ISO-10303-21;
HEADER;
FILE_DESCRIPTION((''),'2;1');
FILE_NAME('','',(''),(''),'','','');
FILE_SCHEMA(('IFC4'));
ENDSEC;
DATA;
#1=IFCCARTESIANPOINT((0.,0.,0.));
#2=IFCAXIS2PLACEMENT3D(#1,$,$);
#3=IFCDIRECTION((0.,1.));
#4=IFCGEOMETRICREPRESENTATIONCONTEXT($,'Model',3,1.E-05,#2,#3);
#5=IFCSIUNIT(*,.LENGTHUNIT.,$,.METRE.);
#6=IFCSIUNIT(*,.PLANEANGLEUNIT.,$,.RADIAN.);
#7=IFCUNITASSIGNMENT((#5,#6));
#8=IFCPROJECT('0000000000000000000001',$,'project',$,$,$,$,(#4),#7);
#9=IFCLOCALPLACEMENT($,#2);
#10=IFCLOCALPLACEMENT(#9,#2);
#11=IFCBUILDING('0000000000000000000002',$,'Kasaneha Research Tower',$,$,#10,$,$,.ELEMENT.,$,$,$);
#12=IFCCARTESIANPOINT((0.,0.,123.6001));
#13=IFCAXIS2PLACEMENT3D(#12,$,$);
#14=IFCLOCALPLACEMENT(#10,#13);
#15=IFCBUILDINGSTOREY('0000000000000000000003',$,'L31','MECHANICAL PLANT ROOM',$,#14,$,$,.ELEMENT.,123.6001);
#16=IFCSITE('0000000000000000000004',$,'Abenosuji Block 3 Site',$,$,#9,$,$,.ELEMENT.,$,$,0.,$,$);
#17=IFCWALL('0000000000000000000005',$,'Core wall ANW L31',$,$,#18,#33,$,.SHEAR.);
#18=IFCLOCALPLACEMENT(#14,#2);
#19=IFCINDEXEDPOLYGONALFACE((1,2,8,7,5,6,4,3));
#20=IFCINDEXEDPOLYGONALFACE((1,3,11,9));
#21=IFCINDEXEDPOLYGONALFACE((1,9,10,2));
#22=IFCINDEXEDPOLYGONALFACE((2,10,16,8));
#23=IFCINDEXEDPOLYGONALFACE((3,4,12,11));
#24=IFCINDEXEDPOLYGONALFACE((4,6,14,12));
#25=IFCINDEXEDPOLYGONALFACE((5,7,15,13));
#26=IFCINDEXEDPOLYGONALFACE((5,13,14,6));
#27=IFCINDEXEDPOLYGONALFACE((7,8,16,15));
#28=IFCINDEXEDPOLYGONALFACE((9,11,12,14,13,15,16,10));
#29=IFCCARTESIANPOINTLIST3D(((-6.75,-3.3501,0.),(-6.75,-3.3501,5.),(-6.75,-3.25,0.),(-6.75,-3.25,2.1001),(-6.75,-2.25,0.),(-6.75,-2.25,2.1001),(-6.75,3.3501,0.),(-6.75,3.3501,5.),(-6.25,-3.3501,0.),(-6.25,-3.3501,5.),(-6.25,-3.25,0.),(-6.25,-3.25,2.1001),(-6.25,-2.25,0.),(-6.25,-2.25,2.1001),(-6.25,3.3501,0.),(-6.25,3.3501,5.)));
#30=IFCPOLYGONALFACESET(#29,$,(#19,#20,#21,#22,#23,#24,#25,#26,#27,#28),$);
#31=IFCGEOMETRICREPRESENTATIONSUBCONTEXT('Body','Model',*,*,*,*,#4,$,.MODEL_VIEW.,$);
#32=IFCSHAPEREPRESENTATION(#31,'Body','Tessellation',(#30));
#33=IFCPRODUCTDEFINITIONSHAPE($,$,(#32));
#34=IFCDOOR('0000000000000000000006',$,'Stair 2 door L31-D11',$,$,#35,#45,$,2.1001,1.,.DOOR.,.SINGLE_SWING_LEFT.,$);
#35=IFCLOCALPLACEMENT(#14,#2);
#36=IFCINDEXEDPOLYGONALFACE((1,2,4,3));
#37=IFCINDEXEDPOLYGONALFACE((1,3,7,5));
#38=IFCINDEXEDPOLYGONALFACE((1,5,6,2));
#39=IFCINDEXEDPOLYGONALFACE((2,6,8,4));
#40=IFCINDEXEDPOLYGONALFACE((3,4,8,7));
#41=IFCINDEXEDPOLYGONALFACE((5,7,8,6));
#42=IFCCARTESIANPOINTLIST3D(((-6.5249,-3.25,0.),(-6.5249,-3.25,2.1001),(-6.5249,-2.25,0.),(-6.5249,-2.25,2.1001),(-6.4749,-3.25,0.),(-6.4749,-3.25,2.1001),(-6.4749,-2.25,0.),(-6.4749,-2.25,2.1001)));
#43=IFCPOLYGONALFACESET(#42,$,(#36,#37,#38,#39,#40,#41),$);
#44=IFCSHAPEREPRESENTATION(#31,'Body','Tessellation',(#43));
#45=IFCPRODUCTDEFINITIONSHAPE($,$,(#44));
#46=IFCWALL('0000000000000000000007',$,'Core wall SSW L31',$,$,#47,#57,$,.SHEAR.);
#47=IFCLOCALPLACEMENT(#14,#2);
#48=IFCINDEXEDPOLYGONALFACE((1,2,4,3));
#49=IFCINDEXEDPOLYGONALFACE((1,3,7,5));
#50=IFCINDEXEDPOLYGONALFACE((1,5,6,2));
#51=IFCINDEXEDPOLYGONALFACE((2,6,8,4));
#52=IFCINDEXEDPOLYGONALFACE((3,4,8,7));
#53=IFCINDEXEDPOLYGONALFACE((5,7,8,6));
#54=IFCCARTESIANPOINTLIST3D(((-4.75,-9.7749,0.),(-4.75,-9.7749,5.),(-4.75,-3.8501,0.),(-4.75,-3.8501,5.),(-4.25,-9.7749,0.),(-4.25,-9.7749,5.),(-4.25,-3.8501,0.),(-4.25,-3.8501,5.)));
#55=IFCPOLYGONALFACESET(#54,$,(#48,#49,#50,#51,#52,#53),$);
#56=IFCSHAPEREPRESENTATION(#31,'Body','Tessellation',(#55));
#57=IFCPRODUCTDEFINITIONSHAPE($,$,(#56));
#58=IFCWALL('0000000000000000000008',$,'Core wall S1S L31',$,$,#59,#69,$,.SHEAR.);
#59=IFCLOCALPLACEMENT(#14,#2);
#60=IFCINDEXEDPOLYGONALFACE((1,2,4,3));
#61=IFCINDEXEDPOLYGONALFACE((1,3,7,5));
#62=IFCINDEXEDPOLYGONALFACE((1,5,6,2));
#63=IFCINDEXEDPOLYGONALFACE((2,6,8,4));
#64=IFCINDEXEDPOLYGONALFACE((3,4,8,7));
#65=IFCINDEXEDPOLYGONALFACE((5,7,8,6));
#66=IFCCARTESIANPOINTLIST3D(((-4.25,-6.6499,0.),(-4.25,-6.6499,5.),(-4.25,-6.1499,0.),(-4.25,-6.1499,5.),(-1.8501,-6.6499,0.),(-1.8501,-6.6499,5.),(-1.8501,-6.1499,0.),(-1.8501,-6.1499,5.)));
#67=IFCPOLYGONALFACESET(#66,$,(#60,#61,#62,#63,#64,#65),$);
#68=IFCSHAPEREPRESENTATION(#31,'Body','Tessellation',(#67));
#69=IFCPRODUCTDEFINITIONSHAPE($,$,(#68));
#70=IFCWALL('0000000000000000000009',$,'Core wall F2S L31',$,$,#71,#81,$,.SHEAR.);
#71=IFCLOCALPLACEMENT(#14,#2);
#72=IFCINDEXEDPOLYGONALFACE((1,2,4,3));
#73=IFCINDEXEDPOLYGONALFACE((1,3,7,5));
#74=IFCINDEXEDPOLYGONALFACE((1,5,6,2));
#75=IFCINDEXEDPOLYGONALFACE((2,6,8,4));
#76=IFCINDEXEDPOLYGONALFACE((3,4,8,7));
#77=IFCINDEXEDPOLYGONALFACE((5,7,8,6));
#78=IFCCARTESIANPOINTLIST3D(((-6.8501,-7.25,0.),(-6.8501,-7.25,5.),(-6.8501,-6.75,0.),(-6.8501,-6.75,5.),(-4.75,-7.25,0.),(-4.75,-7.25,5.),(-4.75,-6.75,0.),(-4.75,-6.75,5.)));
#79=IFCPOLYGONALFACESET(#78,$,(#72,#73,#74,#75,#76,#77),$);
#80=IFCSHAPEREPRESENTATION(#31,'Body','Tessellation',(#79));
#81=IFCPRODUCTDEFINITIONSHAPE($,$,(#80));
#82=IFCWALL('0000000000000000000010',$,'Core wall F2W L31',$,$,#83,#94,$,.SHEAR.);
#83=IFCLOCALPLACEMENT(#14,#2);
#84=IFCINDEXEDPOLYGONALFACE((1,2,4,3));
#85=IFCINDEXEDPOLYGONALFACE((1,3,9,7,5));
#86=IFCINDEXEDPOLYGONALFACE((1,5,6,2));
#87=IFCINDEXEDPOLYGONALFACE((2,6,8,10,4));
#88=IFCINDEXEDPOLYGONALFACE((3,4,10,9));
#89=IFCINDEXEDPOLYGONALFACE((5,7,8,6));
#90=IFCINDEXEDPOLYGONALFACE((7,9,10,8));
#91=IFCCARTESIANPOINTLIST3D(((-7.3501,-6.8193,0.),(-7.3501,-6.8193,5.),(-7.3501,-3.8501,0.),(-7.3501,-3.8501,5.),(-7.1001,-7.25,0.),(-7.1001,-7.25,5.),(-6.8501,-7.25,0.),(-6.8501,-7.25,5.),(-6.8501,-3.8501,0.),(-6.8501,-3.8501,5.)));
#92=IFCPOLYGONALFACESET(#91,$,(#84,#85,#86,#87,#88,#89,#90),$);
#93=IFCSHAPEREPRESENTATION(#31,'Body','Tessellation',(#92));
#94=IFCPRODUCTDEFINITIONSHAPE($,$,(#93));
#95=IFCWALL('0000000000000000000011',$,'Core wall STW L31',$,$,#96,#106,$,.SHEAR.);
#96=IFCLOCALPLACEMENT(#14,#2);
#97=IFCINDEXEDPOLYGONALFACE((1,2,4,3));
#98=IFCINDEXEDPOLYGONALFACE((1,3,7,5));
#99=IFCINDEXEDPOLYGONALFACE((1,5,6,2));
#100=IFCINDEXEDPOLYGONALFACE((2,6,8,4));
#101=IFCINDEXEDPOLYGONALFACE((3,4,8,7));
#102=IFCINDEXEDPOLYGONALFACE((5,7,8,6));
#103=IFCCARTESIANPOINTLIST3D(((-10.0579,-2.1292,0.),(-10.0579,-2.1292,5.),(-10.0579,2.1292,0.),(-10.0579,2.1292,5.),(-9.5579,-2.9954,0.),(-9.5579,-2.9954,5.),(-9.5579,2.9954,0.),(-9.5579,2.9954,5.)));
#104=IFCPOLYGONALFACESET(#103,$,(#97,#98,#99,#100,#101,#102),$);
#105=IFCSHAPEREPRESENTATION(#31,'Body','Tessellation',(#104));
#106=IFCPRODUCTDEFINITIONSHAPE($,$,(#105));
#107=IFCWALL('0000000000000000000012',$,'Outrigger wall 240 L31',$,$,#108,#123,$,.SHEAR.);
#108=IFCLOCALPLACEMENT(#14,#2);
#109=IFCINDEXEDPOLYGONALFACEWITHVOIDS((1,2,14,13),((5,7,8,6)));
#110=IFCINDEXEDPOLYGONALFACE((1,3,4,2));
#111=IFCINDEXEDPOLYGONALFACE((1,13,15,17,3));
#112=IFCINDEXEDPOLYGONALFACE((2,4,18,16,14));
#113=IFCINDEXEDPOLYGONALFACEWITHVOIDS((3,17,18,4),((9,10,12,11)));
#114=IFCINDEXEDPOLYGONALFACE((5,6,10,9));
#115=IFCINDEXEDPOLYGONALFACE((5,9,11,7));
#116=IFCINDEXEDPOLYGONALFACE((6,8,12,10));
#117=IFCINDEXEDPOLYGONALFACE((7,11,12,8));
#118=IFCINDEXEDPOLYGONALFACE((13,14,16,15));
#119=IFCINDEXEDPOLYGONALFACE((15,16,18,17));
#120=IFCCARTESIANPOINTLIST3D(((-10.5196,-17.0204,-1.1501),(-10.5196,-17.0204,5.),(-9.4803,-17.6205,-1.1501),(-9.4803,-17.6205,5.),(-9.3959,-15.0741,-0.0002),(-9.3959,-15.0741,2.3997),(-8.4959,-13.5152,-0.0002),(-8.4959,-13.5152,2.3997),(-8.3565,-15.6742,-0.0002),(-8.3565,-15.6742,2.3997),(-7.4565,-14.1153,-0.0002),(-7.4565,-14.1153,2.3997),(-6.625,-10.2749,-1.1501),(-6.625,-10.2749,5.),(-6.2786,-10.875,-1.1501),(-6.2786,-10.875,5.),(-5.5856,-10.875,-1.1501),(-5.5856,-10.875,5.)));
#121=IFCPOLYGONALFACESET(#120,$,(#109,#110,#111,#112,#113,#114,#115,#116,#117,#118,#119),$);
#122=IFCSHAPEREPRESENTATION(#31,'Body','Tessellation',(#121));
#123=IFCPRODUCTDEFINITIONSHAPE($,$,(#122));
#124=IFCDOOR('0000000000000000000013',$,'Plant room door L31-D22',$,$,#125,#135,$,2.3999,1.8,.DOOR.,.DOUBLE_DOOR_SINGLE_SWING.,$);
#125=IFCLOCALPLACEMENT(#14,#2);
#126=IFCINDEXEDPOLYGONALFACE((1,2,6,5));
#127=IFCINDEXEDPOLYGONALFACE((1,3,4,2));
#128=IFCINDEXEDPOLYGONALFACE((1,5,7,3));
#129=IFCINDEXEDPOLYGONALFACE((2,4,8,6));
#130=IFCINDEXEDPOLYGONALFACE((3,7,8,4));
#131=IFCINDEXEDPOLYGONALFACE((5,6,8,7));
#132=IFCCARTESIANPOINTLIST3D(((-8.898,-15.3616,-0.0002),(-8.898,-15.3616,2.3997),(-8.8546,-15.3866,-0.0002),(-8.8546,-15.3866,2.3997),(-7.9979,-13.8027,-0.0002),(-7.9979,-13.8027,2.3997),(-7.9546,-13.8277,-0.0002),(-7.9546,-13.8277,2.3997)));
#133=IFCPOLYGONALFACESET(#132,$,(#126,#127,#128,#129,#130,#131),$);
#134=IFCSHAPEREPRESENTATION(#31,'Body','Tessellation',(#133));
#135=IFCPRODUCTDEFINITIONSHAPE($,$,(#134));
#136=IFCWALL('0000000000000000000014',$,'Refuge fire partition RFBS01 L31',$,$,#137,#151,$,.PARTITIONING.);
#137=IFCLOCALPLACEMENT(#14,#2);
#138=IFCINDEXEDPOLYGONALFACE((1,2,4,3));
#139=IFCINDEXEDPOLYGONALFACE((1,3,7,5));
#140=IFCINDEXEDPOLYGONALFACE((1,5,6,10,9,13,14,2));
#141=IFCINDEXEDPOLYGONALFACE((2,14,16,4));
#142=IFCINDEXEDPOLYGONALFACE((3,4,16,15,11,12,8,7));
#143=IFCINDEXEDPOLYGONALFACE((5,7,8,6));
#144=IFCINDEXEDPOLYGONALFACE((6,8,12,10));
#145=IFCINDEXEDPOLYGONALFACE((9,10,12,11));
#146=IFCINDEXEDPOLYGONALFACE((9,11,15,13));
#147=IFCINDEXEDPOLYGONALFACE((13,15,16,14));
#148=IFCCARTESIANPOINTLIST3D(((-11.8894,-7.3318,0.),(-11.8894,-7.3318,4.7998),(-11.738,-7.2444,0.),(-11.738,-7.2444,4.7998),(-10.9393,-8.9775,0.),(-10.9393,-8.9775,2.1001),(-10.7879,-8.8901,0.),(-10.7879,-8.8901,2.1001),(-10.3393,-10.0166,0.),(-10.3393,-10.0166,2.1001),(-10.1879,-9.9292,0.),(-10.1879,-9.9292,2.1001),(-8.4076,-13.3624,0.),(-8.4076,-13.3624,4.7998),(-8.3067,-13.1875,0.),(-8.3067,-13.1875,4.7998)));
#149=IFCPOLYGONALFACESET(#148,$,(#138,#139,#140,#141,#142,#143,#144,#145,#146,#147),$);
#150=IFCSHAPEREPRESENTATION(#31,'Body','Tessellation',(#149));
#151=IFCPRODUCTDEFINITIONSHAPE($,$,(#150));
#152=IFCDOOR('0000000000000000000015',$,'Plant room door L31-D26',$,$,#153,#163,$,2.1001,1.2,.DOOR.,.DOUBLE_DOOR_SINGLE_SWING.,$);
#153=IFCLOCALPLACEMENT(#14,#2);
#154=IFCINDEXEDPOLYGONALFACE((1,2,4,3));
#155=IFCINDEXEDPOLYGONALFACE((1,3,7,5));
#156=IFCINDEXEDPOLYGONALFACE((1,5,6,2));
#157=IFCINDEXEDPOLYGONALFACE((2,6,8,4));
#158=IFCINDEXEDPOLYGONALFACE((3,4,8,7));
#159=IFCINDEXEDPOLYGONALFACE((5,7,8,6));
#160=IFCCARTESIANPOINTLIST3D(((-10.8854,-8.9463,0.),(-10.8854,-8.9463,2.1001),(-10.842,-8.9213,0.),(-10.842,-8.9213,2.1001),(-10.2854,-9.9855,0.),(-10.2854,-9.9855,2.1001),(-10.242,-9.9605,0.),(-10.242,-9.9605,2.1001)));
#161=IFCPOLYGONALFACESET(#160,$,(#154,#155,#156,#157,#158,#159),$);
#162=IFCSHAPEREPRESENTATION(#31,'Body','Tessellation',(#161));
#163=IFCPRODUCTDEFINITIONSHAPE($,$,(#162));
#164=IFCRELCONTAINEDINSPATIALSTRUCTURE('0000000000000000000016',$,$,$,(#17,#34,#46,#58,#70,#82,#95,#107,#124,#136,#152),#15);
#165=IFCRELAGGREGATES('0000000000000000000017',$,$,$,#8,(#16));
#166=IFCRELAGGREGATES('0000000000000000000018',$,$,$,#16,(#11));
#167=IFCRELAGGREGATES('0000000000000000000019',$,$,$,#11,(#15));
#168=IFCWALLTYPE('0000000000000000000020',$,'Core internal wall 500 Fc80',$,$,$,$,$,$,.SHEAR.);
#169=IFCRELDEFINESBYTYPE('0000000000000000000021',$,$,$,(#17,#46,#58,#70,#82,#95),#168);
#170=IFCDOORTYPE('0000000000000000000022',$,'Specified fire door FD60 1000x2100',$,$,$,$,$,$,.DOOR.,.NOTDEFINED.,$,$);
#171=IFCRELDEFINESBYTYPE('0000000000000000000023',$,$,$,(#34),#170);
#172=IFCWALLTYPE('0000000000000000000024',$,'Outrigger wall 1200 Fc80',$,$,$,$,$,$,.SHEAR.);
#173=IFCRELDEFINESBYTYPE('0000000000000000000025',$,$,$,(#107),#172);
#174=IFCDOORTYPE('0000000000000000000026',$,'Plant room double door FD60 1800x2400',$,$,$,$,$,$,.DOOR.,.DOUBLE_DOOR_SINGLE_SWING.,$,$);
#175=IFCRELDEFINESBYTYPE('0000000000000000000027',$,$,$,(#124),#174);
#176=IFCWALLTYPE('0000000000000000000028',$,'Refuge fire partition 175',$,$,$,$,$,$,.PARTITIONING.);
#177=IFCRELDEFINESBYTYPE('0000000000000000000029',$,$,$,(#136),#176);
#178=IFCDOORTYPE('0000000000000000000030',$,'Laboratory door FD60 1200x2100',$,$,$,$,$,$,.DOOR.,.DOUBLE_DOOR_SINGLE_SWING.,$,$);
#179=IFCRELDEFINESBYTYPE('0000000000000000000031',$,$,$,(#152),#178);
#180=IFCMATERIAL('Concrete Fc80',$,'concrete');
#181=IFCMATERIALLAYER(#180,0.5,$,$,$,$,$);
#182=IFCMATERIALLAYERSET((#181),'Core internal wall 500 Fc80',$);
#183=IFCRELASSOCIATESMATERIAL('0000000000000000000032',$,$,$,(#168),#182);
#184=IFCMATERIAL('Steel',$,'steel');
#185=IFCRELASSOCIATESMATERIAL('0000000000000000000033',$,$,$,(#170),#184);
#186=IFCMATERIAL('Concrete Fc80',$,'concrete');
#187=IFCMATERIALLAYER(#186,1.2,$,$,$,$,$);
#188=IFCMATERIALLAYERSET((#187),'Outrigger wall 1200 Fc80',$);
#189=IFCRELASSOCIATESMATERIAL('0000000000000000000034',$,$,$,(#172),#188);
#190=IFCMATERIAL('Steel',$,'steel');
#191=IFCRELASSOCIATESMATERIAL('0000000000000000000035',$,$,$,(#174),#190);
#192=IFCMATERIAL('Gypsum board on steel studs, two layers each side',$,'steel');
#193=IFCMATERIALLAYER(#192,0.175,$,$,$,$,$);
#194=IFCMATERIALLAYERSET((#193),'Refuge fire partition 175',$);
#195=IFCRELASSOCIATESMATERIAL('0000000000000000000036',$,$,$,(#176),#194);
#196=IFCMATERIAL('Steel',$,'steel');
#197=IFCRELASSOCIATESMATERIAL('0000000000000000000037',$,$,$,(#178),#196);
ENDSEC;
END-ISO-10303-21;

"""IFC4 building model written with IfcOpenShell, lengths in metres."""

from ifc_helpers import new_model, si_unit, direction, frame, frame_2d, origin, place, context, subcontext, project, spatial, polyline, rectangle, outline, extrude, material, layer, layer_set, type_object, element, fill, save


model = new_model("IFC4")

# Units and contexts
model_context = context("Model", 3, precision=1e-05, world=origin(), true_north=direction((0.0, 1.0)))
body_context = subcontext(model_context, "Body", "Model", "MODEL_VIEW")
ifc_project = project(units=[si_unit("LENGTHUNIT", "METRE"), si_unit("PLANEANGLEUNIT", "RADIAN")], contexts=[model_context])

# Site, building, storey
site_placement = place(None, origin())
site = spatial("IfcSite", under=ifc_project, at=site_placement, Name="Abenosuji Block 3 Site", CompositionType="ELEMENT", RefElevation=0.0)
building_placement = place(site_placement, origin())
building = spatial("IfcBuilding", under=site, at=building_placement, Name="Kasaneha Research Tower", CompositionType="ELEMENT")
storey_placement = place(building_placement, frame((0.0, 0.0, 123.6001)))
storey = spatial("IfcBuildingStorey", under=building, at=storey_placement, Name="L31", Description="MECHANICAL PLANT ROOM", CompositionType="ELEMENT", Elevation=123.6001)

# Wall, opening, door
ifc_material_1 = material(Name="Concrete Fc80", Category="concrete")
ifc_layer_1 = layer(ifc_material_1, 0.5)
ifc_layer_set_1 = layer_set([ifc_layer_1], Name="Core internal wall 500 Fc80")
wall_type_1 = type_object("IfcWallType", Name="Core internal wall 500 Fc80", PredefinedType="SHEAR", material=ifc_layer_set_1)
ifc_material_2 = material(Name="Steel", Category="steel")
door_type_1 = type_object("IfcDoorType", Name="Specified fire door FD60 1000x2100", OperationType="NOTDEFINED", PredefinedType="DOOR", material=ifc_material_2)
wall_1_placement = place(storey_placement, frame((-6.5, -3.3501, 0.0), z_axis=(0.0, 0.0, 1.0), x_axis=(0.0, 1.0, 0.0)))
wall_1 = element("IfcWall", 1, at=wall_1_placement, inside=storey, type_object=wall_type_1, Name="Core wall ANW L31", PredefinedType="SHEAR", context=body_context, shape_type="SweptSolid", body=[
    extrude(rectangle(XDim=6.7002, YDim=0.5, at=frame_2d((3.3501, 0.0))), origin(), (0.0, 0.0, 1.0), 5.0),
])
opening_1_placement = place(wall_1_placement, frame((0.1001, 0.0, 0.0)))
opening_1 = element("IfcOpeningElement", 2, at=opening_1_placement, cuts=wall_1, PredefinedType="OPENING", context=body_context, shape_type="SweptSolid", body=[
    extrude(rectangle(XDim=1.0, YDim=2.1001, at=frame_2d((0.5, 1.05))), frame((0.0, 0.26, 0.0), z_axis=(0.0, -1.0, 0.0), x_axis=(1.0, 0.0, 0.0)), (0.0, 0.0, 1.0), 0.52),
])
door_1_placement = place(opening_1_placement, origin())
door_1 = element("IfcDoor", 3, at=door_1_placement, inside=storey, type_object=door_type_1, Name="Stair 2 door L31-D11", OperationType="SINGLE_SWING_LEFT", OverallHeight=2.1001, OverallWidth=1.0, PredefinedType="DOOR", context=body_context, shape_type="SweptSolid", body=[
    extrude(rectangle(XDim=1.0, YDim=2.1001, at=frame_2d((0.5, 1.05))), frame((0.0, 0.0249, 0.0), z_axis=(0.0, -1.0, 0.0), x_axis=(1.0, 0.0, 0.0)), (0.0, 0.0, 1.0), 0.05),
])
fill(opening_1, door_1)

# Walls
wall_2_placement = place(storey_placement, frame((-4.5, -3.8501, 0.0), z_axis=(0.0, 0.0, 1.0), x_axis=(0.0, -1.0, 0.0)))
element("IfcWall", 4, at=wall_2_placement, inside=storey, type_object=wall_type_1, Name="Core wall SSW L31", PredefinedType="SHEAR", context=body_context, shape_type="SweptSolid", body=[
    extrude(rectangle(XDim=5.9248, YDim=0.5, at=frame_2d((2.9624, 0.0))), origin(), (0.0, 0.0, 1.0), 5.0),
])
wall_3_placement = place(storey_placement, frame((-4.25, -6.3999, 0.0), z_axis=(0.0, 0.0, 1.0), x_axis=(1.0, 0.0, 0.0)))
element("IfcWall", 5, at=wall_3_placement, inside=storey, type_object=wall_type_1, Name="Core wall S1S L31", PredefinedType="SHEAR", context=body_context, shape_type="SweptSolid", body=[
    extrude(rectangle(XDim=2.3999, YDim=0.5, at=frame_2d((1.2, 0.0))), origin(), (0.0, 0.0, 1.0), 5.0),
])
wall_4_placement = place(storey_placement, frame((-6.8501, -7.0, 0.0), z_axis=(0.0, 0.0, 1.0), x_axis=(1.0, 0.0, 0.0)))
element("IfcWall", 6, at=wall_4_placement, inside=storey, type_object=wall_type_1, Name="Core wall F2S L31", PredefinedType="SHEAR", context=body_context, shape_type="SweptSolid", body=[
    extrude(rectangle(XDim=2.1001, YDim=0.5, at=frame_2d((1.05, 0.0))), origin(), (0.0, 0.0, 1.0), 5.0),
])
wall_5_placement = place(storey_placement, frame((-7.1001, -3.8501, 0.0), z_axis=(0.0, 0.0, 1.0), x_axis=(0.0, -1.0, 0.0)))
element("IfcWall", 7, at=wall_5_placement, inside=storey, type_object=wall_type_1, Name="Core wall F2W L31", PredefinedType="SHEAR", context=body_context, shape_type="SweptSolid", body=[
    extrude(outline(polyline([(0.0, -0.25), (2.9692, -0.25), (3.3999, 0.0), (3.3999, 0.25), (0.0, 0.25), (0.0, -0.25)])), origin(), (0.0, 0.0, 1.0), 5.0),
])
wall_6_placement = place(storey_placement, frame((-9.8079, -2.5623, 0.0), z_axis=(0.0, 0.0, 1.0), x_axis=(0.0, 1.0, 0.0)))
element("IfcWall", 8, at=wall_6_placement, inside=storey, type_object=wall_type_1, Name="Core wall STW L31", PredefinedType="SHEAR", context=body_context, shape_type="SweptSolid", body=[
    extrude(outline(polyline([(-0.4331, -0.25), (5.5576, -0.25), (4.6914, 0.25), (0.4331, 0.25), (-0.4331, -0.25)])), origin(), (0.0, 0.0, 1.0), 5.0),
])

# Walls, openings, doors
ifc_material_3 = material(Name="Concrete Fc80", Category="concrete")
ifc_layer_2 = layer(ifc_material_3, 1.2)
ifc_layer_set_2 = layer_set([ifc_layer_2], Name="Outrigger wall 1200 Fc80")
wall_type_2 = type_object("IfcWallType", Name="Outrigger wall 1200 Fc80", PredefinedType="SHEAR", material=ifc_layer_set_2)
wall_7_placement = place(storey_placement, frame((-6.2786, -10.875, -1.1501), z_axis=(0.0, 0.0, 1.0), x_axis=(-0.500009, -0.86602, 0.0)))
wall_7 = element("IfcWall", 9, at=wall_7_placement, inside=storey, type_object=wall_type_2, Name="Outrigger wall 240 L31", PredefinedType="SHEAR", context=body_context, shape_type="SweptSolid", body=[
    extrude(outline(polyline([(-0.3464, -0.6001), (3.3953, -0.6001), (5.1953, -0.6001), (7.4426, -0.6001), (7.4426, 0.6001), (5.1953, 0.6001), (3.3953, 0.6001), (-0.3464, 0.6001), (0.0, 0.0), (-0.3464, -0.6001)])), origin(), (0.0, 0.0, 1.0), 6.1501),
])
opening_2_placement = place(wall_7_placement, frame((3.3953, 0.0, 1.1499)))
opening_2 = element("IfcOpeningElement", 10, at=opening_2_placement, cuts=wall_7, PredefinedType="OPENING", context=body_context, shape_type="SweptSolid", body=[
    extrude(rectangle(XDim=1.8, YDim=2.3999, at=frame_2d((0.8999, 1.2))), frame((0.0, 0.6099, 0.0), z_axis=(0.0, -1.0, 0.0), x_axis=(1.0, 0.0, 0.0)), (0.0, 0.0, 1.0), 1.22),
])
ifc_material_4 = material(Name="Steel", Category="steel")
door_type_2 = type_object("IfcDoorType", Name="Plant room double door FD60 1800x2400", OperationType="DOUBLE_DOOR_SINGLE_SWING", PredefinedType="DOOR", material=ifc_material_4)
door_2_placement = place(opening_2_placement, origin())
door_2 = element("IfcDoor", 11, at=door_2_placement, inside=storey, type_object=door_type_2, Name="Plant room door L31-D22", OperationType="DOUBLE_DOOR_SINGLE_SWING", OverallHeight=2.3999, OverallWidth=1.8, PredefinedType="DOOR", context=body_context, shape_type="SweptSolid", body=[
    extrude(rectangle(XDim=1.8, YDim=2.3999, at=frame_2d((0.8999, 1.2))), frame((0.0, 0.0249, 0.0), z_axis=(0.0, -1.0, 0.0), x_axis=(1.0, 0.0, 0.0)), (0.0, 0.0, 1.0), 0.05),
])
fill(opening_2, door_2)
ifc_material_5 = material(Name="Gypsum board on steel studs, two layers each side", Category="steel")
ifc_layer_3 = layer(ifc_material_5, 0.175)
ifc_layer_set_3 = layer_set([ifc_layer_3], Name="Refuge fire partition 175")
wall_type_3 = type_object("IfcWallType", Name="Refuge fire partition 175", PredefinedType="PARTITIONING", material=ifc_layer_set_3)
wall_8_placement = place(storey_placement, frame((-11.8137, -7.2881, 0.0), z_axis=(0.0, 0.0, 1.0), x_axis=(0.500006, -0.866022, 0.0)))
wall_8 = element("IfcWall", 12, at=wall_8_placement, inside=storey, type_object=wall_type_3, Name="Refuge fire partition RFBS01 L31", PredefinedType="PARTITIONING", context=body_context, shape_type="SweptSolid", body=[
    extrude(outline(polyline([(0.0, -0.0874), (1.9001, -0.0874), (3.1001, -0.0874), (6.9636, -0.0874), (6.8625, 0.0874), (3.1001, 0.0874), (1.9001, 0.0874), (0.0, 0.0874), (0.0, -0.0874)])), origin(), (0.0, 0.0, 1.0), 4.7998),
])
opening_3_placement = place(wall_8_placement, frame((1.9001, 0.0, 0.0)))
opening_3 = element("IfcOpeningElement", 13, at=opening_3_placement, cuts=wall_8, PredefinedType="OPENING", context=body_context, shape_type="SweptSolid", body=[
    extrude(rectangle(XDim=1.2, YDim=2.1001, at=frame_2d((0.6001, 1.05))), frame((0.0, 0.0977, 0.0), z_axis=(0.0, -1.0, 0.0), x_axis=(1.0, 0.0, 0.0)), (0.0, 0.0, 1.0), 0.1951),
])
ifc_material_6 = material(Name="Steel", Category="steel")
door_type_3 = type_object("IfcDoorType", Name="Laboratory door FD60 1200x2100", OperationType="DOUBLE_DOOR_SINGLE_SWING", PredefinedType="DOOR", material=ifc_material_6)
door_3_placement = place(opening_3_placement, origin())
door_3 = element("IfcDoor", 14, at=door_3_placement, inside=storey, type_object=door_type_3, Name="Plant room door L31-D26", OperationType="DOUBLE_DOOR_SINGLE_SWING", OverallHeight=2.1001, OverallWidth=1.2, PredefinedType="DOOR", context=body_context, shape_type="SweptSolid", body=[
    extrude(rectangle(XDim=1.2, YDim=2.1001, at=frame_2d((0.6001, 1.05))), frame((0.0, 0.0249, 0.0), z_axis=(0.0, -1.0, 0.0), x_axis=(1.0, 0.0, 0.0)), (0.0, 0.0, 1.0), 0.05),
])
fill(opening_3, door_3)

save(model, "model.ifc")
